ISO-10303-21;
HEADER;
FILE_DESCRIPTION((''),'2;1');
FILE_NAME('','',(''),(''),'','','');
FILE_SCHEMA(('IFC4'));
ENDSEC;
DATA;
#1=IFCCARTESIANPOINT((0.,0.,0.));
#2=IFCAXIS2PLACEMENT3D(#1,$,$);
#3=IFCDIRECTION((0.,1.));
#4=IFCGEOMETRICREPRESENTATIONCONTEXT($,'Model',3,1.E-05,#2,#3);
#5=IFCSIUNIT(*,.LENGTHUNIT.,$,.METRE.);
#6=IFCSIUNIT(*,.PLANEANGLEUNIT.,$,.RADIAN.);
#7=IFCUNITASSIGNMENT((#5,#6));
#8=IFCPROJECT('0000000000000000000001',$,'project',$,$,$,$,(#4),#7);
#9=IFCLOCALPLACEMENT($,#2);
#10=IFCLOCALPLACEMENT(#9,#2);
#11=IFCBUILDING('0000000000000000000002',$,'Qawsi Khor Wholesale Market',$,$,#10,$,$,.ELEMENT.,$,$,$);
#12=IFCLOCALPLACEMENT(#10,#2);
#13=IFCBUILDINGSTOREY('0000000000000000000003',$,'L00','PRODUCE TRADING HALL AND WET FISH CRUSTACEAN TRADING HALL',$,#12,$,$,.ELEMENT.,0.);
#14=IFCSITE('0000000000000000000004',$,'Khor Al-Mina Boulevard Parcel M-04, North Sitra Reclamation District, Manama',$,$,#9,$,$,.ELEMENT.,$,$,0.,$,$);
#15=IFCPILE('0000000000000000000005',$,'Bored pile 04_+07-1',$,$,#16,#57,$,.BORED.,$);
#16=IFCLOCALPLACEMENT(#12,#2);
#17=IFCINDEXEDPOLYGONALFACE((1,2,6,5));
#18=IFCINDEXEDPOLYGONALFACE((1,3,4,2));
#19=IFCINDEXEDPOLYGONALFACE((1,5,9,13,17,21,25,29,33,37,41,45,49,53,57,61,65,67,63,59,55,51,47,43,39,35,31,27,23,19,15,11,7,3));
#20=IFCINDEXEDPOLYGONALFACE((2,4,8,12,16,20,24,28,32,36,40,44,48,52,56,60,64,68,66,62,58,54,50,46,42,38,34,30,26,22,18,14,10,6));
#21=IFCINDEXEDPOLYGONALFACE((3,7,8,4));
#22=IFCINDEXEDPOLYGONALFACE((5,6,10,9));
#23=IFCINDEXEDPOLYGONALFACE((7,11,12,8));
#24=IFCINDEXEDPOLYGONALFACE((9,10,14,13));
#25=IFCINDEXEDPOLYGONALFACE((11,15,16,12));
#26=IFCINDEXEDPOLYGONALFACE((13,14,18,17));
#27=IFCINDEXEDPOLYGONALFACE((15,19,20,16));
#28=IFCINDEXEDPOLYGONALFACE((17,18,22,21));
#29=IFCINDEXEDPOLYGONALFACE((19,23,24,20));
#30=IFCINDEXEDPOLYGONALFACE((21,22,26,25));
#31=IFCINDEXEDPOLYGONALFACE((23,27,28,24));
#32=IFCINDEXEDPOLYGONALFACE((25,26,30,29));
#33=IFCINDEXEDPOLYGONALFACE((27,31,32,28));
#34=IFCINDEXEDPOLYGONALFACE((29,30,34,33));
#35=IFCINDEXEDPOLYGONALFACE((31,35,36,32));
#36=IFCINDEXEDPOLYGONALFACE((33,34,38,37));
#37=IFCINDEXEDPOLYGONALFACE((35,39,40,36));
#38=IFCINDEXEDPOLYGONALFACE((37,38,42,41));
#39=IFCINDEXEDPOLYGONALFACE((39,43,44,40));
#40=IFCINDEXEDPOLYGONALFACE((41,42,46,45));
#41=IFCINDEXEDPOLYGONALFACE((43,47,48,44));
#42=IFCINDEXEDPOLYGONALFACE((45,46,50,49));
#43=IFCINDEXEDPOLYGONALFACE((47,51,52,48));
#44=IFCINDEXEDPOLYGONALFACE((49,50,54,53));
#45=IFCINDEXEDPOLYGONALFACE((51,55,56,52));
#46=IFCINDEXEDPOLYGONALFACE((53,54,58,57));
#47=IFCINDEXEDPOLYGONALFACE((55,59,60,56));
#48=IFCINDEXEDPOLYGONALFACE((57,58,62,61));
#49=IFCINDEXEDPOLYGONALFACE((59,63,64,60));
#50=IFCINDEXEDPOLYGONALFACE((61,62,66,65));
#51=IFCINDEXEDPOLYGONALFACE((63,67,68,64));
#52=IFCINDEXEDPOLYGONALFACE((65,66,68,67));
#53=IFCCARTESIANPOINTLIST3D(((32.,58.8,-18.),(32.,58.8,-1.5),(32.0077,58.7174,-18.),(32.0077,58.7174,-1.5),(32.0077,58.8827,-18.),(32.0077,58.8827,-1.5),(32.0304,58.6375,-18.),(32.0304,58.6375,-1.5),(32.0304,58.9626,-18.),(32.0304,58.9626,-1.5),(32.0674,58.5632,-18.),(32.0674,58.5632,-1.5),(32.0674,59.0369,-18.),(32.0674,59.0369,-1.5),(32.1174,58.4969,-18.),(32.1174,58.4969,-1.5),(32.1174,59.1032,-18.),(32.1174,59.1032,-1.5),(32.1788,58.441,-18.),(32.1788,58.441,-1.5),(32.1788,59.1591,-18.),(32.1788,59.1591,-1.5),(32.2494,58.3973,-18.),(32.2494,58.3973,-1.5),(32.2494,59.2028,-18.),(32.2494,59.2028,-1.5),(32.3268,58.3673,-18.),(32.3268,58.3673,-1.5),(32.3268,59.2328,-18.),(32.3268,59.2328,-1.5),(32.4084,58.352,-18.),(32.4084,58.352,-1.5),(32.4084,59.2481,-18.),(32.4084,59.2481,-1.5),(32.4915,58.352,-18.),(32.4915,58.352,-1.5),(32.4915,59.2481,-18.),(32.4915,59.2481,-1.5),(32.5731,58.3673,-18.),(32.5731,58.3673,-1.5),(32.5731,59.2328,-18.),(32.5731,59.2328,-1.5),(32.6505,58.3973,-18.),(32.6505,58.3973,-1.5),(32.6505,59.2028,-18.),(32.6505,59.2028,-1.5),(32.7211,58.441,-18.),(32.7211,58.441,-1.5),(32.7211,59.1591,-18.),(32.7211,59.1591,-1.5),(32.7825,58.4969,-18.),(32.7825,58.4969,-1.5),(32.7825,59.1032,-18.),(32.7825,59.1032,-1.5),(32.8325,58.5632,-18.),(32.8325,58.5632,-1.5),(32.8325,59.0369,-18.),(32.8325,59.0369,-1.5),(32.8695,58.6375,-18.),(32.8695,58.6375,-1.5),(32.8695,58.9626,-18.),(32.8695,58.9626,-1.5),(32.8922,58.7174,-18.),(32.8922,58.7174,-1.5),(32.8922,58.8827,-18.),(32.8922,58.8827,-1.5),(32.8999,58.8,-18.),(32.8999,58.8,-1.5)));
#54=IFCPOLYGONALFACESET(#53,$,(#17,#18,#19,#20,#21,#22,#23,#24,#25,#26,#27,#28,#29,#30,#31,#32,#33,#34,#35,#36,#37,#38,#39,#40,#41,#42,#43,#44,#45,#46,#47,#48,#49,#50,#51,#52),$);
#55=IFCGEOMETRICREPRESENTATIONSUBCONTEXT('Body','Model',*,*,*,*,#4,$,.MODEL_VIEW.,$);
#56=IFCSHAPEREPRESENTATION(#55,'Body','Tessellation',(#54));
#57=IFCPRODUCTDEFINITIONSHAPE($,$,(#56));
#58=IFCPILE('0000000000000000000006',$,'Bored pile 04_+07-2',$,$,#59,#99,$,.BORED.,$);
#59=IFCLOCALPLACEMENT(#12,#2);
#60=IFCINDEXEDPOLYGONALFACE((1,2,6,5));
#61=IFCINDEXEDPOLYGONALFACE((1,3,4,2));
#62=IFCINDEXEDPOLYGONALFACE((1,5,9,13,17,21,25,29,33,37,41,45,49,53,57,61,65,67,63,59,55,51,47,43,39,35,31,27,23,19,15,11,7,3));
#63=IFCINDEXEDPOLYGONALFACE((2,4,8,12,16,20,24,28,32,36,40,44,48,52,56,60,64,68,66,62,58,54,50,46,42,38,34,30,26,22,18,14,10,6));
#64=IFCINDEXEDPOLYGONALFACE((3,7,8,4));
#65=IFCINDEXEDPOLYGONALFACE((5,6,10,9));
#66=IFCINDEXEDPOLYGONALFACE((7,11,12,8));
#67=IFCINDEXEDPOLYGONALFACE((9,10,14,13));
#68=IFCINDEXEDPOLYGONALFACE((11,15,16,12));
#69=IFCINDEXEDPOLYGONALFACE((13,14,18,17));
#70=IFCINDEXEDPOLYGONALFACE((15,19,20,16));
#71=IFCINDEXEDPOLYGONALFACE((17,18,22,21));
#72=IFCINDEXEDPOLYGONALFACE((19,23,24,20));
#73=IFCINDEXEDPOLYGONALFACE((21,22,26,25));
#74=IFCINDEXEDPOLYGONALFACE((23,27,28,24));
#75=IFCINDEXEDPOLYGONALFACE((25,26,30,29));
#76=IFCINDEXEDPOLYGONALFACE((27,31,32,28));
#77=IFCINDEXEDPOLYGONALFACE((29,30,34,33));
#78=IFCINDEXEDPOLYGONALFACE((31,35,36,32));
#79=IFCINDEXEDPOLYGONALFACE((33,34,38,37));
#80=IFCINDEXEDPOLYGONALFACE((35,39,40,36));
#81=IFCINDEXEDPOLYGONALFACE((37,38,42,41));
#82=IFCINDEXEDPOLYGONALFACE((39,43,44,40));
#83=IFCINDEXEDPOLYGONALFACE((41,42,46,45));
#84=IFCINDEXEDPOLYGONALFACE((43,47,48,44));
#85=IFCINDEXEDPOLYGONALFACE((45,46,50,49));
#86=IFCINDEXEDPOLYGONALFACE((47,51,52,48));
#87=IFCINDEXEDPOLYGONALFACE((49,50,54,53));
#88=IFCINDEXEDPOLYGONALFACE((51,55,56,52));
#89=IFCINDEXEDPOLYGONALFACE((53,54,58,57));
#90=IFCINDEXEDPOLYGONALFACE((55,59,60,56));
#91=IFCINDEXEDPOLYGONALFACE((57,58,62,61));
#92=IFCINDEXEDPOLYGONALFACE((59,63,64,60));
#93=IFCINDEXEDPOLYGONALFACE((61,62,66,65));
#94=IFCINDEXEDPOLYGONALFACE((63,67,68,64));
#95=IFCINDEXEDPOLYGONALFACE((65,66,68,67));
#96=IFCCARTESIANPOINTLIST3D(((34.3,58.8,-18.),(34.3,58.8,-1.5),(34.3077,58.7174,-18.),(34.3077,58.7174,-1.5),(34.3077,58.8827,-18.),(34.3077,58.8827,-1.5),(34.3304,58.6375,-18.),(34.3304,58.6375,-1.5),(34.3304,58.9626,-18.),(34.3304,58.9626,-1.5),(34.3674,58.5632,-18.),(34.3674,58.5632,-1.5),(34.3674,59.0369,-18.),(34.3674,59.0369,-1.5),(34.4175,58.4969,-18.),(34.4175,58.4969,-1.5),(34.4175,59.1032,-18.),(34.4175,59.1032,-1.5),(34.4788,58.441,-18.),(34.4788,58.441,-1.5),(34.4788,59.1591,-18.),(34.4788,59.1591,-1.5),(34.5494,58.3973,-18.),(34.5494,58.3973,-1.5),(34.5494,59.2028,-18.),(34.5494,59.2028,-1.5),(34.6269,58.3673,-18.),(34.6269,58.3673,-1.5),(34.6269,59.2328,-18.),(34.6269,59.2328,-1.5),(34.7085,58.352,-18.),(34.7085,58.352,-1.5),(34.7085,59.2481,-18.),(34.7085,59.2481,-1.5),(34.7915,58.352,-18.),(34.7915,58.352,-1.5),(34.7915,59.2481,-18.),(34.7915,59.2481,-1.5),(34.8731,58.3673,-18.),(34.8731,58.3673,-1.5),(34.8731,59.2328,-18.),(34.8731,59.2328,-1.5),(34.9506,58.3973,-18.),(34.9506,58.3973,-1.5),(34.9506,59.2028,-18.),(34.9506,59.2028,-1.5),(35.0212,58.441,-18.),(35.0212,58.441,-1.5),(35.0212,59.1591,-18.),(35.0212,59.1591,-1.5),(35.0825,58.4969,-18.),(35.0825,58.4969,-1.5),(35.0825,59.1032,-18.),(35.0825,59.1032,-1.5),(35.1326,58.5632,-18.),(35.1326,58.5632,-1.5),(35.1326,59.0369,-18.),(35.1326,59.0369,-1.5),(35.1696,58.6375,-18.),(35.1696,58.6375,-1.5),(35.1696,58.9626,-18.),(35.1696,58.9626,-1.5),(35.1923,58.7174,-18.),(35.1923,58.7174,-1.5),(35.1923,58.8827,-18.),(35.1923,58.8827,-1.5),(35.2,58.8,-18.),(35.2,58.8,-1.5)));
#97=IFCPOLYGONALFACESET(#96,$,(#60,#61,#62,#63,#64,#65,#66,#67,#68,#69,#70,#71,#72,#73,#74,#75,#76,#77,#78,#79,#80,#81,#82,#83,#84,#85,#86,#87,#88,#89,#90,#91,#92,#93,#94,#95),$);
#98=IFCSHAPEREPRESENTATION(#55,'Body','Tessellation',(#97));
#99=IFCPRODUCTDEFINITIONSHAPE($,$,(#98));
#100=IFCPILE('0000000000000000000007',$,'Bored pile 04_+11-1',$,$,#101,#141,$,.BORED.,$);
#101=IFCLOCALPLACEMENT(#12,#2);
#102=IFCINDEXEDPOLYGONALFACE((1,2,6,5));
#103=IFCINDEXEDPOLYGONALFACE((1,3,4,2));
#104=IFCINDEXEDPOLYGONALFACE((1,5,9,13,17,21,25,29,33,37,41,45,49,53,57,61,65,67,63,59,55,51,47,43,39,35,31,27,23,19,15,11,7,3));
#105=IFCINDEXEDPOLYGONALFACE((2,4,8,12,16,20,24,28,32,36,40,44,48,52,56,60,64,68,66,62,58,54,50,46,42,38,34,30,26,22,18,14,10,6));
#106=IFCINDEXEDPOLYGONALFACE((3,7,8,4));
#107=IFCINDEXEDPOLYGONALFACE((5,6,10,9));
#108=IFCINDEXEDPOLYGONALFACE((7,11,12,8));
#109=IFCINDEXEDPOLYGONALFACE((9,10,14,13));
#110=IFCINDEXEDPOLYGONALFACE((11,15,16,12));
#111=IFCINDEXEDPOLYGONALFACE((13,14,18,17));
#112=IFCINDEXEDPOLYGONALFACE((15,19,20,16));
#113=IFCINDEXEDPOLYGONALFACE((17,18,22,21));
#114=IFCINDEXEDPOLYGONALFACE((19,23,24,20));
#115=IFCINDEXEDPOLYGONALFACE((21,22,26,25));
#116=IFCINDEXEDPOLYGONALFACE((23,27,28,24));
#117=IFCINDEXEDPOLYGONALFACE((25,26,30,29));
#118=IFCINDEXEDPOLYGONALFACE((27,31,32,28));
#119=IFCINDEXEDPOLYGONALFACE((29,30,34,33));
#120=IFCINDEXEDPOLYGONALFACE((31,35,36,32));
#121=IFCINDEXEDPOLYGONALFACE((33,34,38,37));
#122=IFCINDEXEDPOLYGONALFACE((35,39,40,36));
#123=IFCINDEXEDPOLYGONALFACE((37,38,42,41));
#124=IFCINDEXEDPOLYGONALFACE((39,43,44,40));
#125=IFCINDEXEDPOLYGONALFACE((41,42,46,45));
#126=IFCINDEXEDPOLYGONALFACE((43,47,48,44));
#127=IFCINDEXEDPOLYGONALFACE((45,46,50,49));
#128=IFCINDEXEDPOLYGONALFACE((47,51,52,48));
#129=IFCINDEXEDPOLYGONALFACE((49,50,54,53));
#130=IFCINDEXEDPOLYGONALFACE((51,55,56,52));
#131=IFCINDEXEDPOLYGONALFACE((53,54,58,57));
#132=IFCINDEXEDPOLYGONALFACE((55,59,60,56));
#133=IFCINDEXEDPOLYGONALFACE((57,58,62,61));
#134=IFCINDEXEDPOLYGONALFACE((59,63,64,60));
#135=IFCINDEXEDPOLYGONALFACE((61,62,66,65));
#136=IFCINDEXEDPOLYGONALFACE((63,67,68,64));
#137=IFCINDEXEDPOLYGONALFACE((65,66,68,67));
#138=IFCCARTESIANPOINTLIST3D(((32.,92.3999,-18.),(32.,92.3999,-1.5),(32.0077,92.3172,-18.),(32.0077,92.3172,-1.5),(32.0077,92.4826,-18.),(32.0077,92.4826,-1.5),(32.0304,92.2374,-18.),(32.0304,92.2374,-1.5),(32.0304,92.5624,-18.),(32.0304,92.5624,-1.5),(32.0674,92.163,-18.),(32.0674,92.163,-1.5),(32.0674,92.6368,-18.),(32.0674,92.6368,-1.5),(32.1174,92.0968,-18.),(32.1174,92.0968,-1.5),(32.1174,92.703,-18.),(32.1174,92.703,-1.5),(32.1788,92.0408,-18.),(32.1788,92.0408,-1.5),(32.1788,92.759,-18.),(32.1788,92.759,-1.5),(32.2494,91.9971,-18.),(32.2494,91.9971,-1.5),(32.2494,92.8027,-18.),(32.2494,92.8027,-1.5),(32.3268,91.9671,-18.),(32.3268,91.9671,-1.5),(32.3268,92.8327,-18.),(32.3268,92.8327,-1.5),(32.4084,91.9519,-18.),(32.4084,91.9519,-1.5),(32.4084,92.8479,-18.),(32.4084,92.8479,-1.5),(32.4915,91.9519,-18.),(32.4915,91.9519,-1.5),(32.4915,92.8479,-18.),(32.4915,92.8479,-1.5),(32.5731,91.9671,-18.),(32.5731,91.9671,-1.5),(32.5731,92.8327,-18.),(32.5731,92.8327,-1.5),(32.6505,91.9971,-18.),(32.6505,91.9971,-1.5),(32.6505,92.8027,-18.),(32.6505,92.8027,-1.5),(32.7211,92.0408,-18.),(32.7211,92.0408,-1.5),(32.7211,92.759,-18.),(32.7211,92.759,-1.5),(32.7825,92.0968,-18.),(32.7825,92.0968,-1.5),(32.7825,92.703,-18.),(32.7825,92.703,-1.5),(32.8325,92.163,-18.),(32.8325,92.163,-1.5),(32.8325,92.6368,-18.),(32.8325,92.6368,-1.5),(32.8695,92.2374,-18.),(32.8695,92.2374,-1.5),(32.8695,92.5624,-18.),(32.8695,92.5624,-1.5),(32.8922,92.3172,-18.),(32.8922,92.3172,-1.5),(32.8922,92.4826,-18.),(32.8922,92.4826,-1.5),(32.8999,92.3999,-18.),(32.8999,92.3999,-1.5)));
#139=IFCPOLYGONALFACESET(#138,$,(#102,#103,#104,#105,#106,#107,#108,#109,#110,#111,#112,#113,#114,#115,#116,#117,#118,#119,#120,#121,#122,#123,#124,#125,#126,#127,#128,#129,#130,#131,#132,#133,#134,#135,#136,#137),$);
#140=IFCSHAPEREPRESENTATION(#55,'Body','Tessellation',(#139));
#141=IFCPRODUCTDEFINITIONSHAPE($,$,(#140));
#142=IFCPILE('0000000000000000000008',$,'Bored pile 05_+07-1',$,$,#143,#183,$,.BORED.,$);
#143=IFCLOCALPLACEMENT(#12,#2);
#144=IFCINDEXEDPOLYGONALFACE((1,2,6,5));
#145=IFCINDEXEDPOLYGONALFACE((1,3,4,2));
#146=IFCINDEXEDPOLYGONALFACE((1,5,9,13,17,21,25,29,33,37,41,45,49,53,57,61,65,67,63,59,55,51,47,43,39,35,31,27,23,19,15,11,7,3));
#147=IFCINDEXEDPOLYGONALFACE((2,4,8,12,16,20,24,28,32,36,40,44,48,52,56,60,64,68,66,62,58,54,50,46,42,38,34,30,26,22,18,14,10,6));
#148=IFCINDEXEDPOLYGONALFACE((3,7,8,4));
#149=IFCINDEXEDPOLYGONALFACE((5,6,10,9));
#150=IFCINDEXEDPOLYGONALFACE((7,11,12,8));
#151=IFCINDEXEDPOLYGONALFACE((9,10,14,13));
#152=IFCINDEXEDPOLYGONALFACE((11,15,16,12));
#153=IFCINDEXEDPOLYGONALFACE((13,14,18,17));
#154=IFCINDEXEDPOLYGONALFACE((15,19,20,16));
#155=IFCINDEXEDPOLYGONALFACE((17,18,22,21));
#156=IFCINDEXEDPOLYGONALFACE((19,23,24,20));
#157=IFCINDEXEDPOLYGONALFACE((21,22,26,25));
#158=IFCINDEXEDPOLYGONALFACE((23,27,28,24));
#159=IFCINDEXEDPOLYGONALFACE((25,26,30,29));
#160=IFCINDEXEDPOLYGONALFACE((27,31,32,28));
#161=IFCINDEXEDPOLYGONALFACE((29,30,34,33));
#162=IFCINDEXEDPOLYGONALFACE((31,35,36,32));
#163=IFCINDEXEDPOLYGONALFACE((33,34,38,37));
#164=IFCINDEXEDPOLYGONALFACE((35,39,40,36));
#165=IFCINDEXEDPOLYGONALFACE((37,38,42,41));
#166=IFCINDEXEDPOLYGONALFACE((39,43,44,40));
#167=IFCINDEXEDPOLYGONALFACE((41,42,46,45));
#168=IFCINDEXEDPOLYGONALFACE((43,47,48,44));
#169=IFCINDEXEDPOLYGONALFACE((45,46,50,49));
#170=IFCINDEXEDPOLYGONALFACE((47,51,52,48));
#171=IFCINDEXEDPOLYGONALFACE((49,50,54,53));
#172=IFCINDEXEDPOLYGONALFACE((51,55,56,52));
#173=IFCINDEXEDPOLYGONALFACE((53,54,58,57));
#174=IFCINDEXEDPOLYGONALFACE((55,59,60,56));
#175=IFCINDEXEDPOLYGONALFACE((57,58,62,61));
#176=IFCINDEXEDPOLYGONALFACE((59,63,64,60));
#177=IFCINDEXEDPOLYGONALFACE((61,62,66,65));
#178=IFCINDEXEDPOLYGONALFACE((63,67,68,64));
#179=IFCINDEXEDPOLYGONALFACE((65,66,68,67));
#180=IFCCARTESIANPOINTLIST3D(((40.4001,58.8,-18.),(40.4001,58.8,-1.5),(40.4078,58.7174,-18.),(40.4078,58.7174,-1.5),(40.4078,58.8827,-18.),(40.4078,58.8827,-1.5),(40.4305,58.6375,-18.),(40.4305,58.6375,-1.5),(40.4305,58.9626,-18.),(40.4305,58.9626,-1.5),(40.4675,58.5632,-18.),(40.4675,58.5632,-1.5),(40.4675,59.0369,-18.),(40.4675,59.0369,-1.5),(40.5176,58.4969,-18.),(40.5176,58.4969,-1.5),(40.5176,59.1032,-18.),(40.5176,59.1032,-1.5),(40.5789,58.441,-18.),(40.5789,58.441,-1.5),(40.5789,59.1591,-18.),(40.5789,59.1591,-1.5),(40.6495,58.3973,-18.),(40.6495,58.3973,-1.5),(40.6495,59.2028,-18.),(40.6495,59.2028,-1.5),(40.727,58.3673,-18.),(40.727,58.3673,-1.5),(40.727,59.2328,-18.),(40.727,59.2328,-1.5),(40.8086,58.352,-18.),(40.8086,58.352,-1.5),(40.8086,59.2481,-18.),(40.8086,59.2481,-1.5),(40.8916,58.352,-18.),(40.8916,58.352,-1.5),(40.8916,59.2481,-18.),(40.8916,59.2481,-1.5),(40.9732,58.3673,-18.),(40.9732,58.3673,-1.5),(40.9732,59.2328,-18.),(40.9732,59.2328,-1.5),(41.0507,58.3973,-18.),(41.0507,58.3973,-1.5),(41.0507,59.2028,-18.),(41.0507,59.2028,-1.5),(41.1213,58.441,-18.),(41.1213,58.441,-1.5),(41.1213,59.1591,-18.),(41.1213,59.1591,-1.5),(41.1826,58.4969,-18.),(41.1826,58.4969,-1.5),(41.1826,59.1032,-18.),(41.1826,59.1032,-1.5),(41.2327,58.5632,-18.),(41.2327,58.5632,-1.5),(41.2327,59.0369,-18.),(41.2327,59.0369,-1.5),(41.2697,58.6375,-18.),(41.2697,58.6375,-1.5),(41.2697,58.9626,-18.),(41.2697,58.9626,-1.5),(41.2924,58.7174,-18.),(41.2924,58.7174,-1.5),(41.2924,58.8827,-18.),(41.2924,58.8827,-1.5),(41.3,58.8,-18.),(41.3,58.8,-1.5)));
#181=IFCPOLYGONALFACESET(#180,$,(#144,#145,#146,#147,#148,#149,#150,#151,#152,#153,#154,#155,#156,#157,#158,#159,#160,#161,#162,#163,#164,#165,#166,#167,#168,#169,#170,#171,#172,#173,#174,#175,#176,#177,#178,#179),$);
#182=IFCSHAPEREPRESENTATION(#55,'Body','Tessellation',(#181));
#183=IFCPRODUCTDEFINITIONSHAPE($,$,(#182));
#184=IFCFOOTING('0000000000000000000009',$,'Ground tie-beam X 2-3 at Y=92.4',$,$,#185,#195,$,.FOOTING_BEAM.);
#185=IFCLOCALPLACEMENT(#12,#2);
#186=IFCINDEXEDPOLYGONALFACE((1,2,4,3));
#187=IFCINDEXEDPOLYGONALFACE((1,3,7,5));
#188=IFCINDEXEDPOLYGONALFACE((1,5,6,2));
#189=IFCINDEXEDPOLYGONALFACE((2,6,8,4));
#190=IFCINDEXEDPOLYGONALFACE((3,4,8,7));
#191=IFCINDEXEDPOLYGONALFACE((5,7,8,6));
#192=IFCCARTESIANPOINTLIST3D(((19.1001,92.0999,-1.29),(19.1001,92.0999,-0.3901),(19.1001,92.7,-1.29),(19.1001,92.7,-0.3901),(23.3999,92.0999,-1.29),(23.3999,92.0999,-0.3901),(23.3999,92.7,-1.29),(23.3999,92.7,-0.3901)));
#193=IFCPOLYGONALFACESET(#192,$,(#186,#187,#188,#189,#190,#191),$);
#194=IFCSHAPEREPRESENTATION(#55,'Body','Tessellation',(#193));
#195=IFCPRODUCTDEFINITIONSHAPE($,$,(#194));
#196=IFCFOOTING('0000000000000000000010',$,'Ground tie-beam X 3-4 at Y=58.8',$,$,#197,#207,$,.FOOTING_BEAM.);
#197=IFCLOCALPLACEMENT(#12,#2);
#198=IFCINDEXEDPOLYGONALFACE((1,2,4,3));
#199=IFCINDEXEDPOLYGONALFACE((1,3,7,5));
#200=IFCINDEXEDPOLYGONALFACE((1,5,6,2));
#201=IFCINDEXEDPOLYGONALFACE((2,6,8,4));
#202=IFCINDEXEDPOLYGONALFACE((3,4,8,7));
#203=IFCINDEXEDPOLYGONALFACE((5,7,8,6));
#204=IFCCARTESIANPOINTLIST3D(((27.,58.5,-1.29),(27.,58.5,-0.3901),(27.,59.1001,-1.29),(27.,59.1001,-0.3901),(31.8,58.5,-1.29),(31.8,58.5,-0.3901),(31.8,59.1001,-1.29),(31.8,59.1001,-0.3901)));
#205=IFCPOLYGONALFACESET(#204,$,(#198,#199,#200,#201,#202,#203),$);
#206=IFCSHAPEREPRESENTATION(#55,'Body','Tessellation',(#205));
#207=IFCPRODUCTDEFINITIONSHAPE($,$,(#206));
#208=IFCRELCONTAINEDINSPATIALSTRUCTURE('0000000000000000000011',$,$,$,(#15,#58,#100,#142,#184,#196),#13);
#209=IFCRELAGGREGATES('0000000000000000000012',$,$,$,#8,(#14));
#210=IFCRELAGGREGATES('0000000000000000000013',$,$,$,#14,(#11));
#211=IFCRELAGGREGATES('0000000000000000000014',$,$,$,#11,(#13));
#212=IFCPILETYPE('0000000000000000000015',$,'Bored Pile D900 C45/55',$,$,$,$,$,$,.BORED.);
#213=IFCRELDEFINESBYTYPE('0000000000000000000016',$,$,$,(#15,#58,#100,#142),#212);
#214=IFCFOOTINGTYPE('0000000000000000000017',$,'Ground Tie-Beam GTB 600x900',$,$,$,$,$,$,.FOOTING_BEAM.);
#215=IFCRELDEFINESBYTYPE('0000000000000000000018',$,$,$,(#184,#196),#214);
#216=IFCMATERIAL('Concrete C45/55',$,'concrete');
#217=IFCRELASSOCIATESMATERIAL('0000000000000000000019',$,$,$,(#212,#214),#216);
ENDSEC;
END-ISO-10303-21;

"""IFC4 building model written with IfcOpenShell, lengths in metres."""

from ifc_helpers import new_model, si_unit, direction, frame, origin, origin_2d, place, context, subcontext, project, spatial, rectangle, circle, extrude, material, material_profile, profile_set, type_object, element, save


model = new_model("IFC4")

# Units and contexts
model_context = context("Model", 3, precision=1e-05, world=origin(), true_north=direction((0.0, 1.0)))
body_context = subcontext(model_context, "Body", "Model", "MODEL_VIEW")
ifc_project = project(units=[si_unit("LENGTHUNIT", "METRE"), si_unit("PLANEANGLEUNIT", "RADIAN")], contexts=[model_context])

# Site, building, storey
site_placement = place(None, origin())
site = spatial("IfcSite", under=ifc_project, at=site_placement, Name="Khor Al-Mina Boulevard Parcel M-04, North Sitra Reclamation District, Manama", CompositionType="ELEMENT", RefElevation=0.0)
building_placement = place(site_placement, origin())
building = spatial("IfcBuilding", under=site, at=building_placement, Name="Qawsi Khor Wholesale Market", CompositionType="ELEMENT")
storey_placement = place(building_placement, origin())
storey = spatial("IfcBuildingStorey", under=building, at=storey_placement, Name="L00", Description="PRODUCE TRADING HALL AND WET FISH CRUSTACEAN TRADING HALL", CompositionType="ELEMENT", Elevation=0.0)

# Piles
ifc_material_1 = material(Name="Concrete C45/55", Category="concrete")
ifc_material_profile_1 = material_profile(ifc_material_1, circle(Radius=0.45, at=origin_2d()), Name="PILE D900")
ifc_profile_set_1 = profile_set([ifc_material_profile_1], Name="Concrete C45/55")
pile_type_1 = type_object("IfcPileType", Name="Bored Pile D900 C45/55", PredefinedType="BORED", material=ifc_profile_set_1)
for number, where, z_axis, x_axis, name in (
    (1, (32.45, 58.8, -1.5), (0.0, 0.0, -1.0), (1.0, 0.0, 0.0), "Bored pile 04_+07-1"),
    (2, (34.75, 58.8, -1.5), (0.0, 0.0, -1.0), (1.0, 0.0, 0.0), "Bored pile 04_+07-2"),
    (3, (32.45, 92.3999, -1.5), (0.0, 0.0, -1.0), (1.0, 0.0, 0.0), "Bored pile 04_+11-1"),
    (4, (40.8501, 58.8, -1.5), (0.0, 0.0, -1.0), (1.0, 0.0, 0.0), "Bored pile 05_+07-1"),
):
    element("IfcPile", number, at=place(storey_placement, frame(where, z_axis=z_axis, x_axis=x_axis)), inside=storey, type_object=pile_type_1, Name=name, PredefinedType="BORED", context=body_context, shape_type="SweptSolid", body=[
        extrude(circle(Radius=0.45, at=origin_2d()), origin(), (0.0, 0.0, 1.0), 16.5),
    ])

# Footings
ifc_material_profile_2 = material_profile(ifc_material_1, rectangle(XDim=0.6001, YDim=0.8999, at=origin_2d()), Name="RC 600x900")
ifc_profile_set_2 = profile_set([ifc_material_profile_2], Name="Concrete C45/55")
footing_type_1 = type_object("IfcFootingType", Name="Ground Tie-Beam GTB 600x900", PredefinedType="FOOTING_BEAM", material=ifc_profile_set_2)
footing_1_placement = place(storey_placement, frame((19.1001, 92.3999, -0.8401), z_axis=(1.0, 0.0, 0.0), x_axis=(0.0, 1.0, 0.0)))
element("IfcFooting", 5, at=footing_1_placement, inside=storey, type_object=footing_type_1, Name="Ground tie-beam X 2-3 at Y=92.4", PredefinedType="FOOTING_BEAM", context=body_context, shape_type="SweptSolid", body=[
    extrude(rectangle(XDim=0.6001, YDim=0.8999, at=origin_2d()), origin(), (0.0, 0.0, 1.0), 4.2998),
])
for number, where, z_axis, x_axis, name in (
    (6, (27.0, 58.8, -0.8401), (1.0, 0.0, 0.0), (0.0, 1.0, 0.0), "Ground tie-beam X 3-4 at Y=58.8"),
):
    element("IfcFooting", number, at=place(storey_placement, frame(where, z_axis=z_axis, x_axis=x_axis)), inside=storey, type_object=footing_type_1, Name=name, PredefinedType="FOOTING_BEAM", context=body_context, shape_type="SweptSolid", body=[
        extrude(rectangle(XDim=0.6001, YDim=0.8999, at=origin_2d()), origin(), (0.0, 0.0, 1.0), 4.8),
    ])

save(model, "model.ifc")
